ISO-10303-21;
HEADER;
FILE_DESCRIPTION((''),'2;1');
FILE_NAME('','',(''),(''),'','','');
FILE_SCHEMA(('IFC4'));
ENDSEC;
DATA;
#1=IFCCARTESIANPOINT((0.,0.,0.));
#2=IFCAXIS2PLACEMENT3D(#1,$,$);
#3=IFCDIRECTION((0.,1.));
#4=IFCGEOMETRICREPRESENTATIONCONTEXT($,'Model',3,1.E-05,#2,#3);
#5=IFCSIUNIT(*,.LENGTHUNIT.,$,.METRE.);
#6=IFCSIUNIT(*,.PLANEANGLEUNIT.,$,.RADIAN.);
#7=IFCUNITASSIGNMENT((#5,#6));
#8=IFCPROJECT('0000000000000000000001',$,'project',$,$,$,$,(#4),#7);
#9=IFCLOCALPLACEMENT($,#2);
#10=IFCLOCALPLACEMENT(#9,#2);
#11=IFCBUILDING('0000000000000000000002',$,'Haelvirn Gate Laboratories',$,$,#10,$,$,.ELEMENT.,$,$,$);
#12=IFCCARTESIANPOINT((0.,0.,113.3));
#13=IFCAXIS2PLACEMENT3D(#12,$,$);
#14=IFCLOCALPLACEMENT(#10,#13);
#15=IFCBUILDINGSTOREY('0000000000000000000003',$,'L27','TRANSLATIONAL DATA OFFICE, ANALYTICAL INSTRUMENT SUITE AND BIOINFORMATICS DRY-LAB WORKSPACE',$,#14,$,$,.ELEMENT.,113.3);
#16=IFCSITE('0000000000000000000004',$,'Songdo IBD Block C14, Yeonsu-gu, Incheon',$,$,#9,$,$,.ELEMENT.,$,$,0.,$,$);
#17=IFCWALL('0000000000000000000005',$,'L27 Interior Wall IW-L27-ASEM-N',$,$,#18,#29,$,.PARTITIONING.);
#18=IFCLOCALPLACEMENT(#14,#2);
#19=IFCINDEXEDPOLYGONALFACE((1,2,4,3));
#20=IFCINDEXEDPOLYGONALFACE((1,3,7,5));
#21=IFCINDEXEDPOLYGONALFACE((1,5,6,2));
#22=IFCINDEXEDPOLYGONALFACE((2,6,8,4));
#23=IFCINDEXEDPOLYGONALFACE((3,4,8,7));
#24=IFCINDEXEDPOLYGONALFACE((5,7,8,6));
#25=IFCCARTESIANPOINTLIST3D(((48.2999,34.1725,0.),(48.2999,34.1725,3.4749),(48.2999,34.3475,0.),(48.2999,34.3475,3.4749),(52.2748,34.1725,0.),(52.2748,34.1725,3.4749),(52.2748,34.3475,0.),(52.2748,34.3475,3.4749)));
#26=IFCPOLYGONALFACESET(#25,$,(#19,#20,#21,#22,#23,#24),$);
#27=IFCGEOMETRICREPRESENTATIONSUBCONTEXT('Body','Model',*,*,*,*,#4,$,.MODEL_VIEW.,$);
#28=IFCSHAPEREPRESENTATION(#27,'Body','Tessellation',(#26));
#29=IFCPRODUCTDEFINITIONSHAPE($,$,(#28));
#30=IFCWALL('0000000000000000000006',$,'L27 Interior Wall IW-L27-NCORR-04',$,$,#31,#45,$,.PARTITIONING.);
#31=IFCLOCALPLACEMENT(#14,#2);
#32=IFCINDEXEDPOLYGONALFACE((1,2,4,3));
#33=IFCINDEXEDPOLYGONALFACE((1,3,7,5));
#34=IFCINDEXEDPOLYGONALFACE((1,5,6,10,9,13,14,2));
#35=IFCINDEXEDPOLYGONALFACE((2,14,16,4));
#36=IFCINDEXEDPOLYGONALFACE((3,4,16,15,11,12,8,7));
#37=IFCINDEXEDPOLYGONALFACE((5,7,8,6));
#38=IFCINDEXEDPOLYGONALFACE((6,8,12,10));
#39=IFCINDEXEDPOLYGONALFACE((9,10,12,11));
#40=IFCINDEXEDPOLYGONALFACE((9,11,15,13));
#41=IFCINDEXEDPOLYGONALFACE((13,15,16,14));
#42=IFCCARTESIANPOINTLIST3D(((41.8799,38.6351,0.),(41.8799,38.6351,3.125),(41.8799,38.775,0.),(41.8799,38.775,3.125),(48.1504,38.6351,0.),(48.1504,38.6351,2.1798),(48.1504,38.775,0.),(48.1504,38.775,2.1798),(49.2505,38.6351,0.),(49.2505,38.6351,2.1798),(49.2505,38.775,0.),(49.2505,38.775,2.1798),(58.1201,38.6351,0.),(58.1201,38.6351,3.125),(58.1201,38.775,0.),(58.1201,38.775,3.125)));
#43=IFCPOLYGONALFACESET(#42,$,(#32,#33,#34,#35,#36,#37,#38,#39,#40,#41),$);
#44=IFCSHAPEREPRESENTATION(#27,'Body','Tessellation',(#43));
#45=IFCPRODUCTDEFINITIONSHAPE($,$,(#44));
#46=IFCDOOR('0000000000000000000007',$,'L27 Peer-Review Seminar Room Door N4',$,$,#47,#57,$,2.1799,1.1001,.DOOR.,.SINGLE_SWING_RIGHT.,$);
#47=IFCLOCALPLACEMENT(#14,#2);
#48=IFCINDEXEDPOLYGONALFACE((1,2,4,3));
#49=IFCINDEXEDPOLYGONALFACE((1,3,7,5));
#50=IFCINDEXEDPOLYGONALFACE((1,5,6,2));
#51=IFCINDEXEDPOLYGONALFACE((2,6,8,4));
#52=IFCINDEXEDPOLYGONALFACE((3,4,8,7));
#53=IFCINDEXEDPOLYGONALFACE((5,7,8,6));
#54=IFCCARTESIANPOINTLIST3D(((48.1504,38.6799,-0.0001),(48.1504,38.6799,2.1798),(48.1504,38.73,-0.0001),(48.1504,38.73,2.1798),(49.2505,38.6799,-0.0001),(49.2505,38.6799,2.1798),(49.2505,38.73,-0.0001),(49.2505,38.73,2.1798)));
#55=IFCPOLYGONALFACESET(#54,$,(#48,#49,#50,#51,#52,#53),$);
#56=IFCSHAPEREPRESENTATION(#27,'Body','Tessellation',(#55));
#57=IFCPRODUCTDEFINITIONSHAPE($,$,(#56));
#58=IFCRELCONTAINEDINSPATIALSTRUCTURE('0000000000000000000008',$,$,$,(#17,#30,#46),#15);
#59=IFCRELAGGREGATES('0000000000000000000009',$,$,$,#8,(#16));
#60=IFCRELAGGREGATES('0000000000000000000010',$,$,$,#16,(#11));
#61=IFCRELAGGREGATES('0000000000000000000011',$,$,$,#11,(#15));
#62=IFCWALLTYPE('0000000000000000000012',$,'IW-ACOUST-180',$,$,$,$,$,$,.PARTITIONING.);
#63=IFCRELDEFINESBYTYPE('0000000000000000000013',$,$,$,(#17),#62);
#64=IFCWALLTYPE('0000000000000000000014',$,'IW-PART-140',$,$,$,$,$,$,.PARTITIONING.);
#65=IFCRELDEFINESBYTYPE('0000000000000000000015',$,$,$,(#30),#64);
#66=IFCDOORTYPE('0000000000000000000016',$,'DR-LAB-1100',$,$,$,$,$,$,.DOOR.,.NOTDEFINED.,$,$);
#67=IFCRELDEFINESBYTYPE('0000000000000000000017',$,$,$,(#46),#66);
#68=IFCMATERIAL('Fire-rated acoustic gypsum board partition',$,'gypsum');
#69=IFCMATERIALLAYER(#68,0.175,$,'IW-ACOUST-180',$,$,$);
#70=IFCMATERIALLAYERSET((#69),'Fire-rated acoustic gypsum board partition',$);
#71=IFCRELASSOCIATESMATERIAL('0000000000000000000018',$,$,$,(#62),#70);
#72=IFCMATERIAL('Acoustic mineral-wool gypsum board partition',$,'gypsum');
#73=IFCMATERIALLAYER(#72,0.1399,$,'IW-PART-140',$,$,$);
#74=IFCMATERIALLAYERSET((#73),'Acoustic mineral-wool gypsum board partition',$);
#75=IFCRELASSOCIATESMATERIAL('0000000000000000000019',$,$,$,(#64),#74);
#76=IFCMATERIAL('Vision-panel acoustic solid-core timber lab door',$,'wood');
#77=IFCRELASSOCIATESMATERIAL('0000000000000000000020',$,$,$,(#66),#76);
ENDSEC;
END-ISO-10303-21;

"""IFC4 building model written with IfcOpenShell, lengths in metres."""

from ifc_helpers import new_model, si_unit, direction, frame, frame_2d, origin, place, context, subcontext, project, spatial, rectangle, extrude, source, transform, mapped, material, layer, layer_set, type_object, type_shapes, element, fill, save


model = new_model("IFC4")

# Units and contexts
model_context = context("Model", 3, precision=1e-05, world=origin(), true_north=direction((0.0, 1.0)))
body_context = subcontext(model_context, "Body", "Model", "MODEL_VIEW")
ifc_project = project(units=[si_unit("LENGTHUNIT", "METRE"), si_unit("PLANEANGLEUNIT", "RADIAN")], contexts=[model_context])

# Site, building, storey
site_placement = place(None, origin())
site = spatial("IfcSite", under=ifc_project, at=site_placement, Name="Songdo IBD Block C14, Yeonsu-gu, Incheon", CompositionType="ELEMENT", RefElevation=0.0)
building_placement = place(site_placement, origin())
building = spatial("IfcBuilding", under=site, at=building_placement, Name="Haelvirn Gate Laboratories", CompositionType="ELEMENT")
storey_placement = place(building_placement, frame((0.0, 0.0, 113.3)))
storey = spatial("IfcBuildingStorey", under=building, at=storey_placement, Name="L27", Description="TRANSLATIONAL DATA OFFICE, ANALYTICAL INSTRUMENT SUITE AND BIOINFORMATICS DRY-LAB WORKSPACE", CompositionType="ELEMENT", Elevation=113.3)

# Wall
ifc_material_1 = material(Name="Fire-rated acoustic gypsum board partition", Category="gypsum")
ifc_layer_1 = layer(ifc_material_1, 0.175, Name="IW-ACOUST-180")
ifc_layer_set_1 = layer_set([ifc_layer_1], Name="Fire-rated acoustic gypsum board partition")
wall_type_1 = type_object("IfcWallType", Name="IW-ACOUST-180", PredefinedType="PARTITIONING", material=ifc_layer_set_1)
wall_1_placement = place(storey_placement, frame((48.3, 34.26, 0.0), z_axis=(0.0, 0.0, 1.0), x_axis=(1.0, 0.0, 0.0)))
element("IfcWall", 1, at=wall_1_placement, inside=storey, type_object=wall_type_1, Name="L27 Interior Wall IW-L27-ASEM-N", PredefinedType="PARTITIONING", context=body_context, shape_type="SweptSolid", body=[
    extrude(rectangle(XDim=3.9749, YDim=0.175, at=frame_2d((1.9873, 0.0))), origin(), (0.0, 0.0, 1.0), 3.4749),
])

# Wall, opening, door
ifc_material_2 = material(Name="Acoustic mineral-wool gypsum board partition", Category="gypsum")
ifc_layer_2 = layer(ifc_material_2, 0.1399, Name="IW-PART-140")
ifc_layer_set_2 = layer_set([ifc_layer_2], Name="Acoustic mineral-wool gypsum board partition")
wall_type_2 = type_object("IfcWallType", Name="IW-PART-140", PredefinedType="PARTITIONING", material=ifc_layer_set_2)
wall_2_placement = place(storey_placement, frame((41.8799, 38.7051, 0.0), z_axis=(0.0, 0.0, 1.0), x_axis=(1.0, 0.0, 0.0)))
wall_2 = element("IfcWall", 2, at=wall_2_placement, inside=storey, type_object=wall_type_2, Name="L27 Interior Wall IW-L27-NCORR-04", PredefinedType="PARTITIONING", context=body_context, shape_type="SweptSolid", body=[
    extrude(rectangle(XDim=16.2402, YDim=0.1399, at=frame_2d((8.1201, 0.0))), origin(), (0.0, 0.0, 1.0), 3.125),
])
opening_placement = place(wall_2_placement, frame((6.2705, 0.0, 0.0)))
opening = element("IfcOpeningElement", 3, at=opening_placement, cuts=wall_2, PredefinedType="OPENING", context=body_context, shape_type="SweptSolid", body=[
    extrude(rectangle(XDim=1.1001, YDim=2.1799, at=frame_2d((0.55, 1.0898))), frame((0.0, 0.0801, 0.0), z_axis=(0.0, -1.0, 0.0), x_axis=(1.0, 0.0, 0.0)), (0.0, 0.0, 1.0), 0.1599),
])
ifc_material_3 = material(Name="Vision-panel acoustic solid-core timber lab door", Category="wood")
door_type = type_object("IfcDoorType", Name="DR-LAB-1100", OperationType="NOTDEFINED", PredefinedType="DOOR", material=ifc_material_3)
shared_shape_1 = source(origin(), body_context, "Body", "SweptSolid", [
    extrude(rectangle(XDim=1.1001, YDim=2.1799, at=frame_2d((0.55, 1.0898))), frame((0.0, 0.0249, 0.0), z_axis=(0.0, -1.0, 0.0), x_axis=(1.0, 0.0, 0.0)), (0.0, 0.0, 1.0), 0.05),
])
type_shapes(door_type, [shared_shape_1])
door_placement = place(opening_placement, origin())
door = element("IfcDoor", 4, at=door_placement, inside=storey, type_object=door_type, Name="L27 Peer-Review Seminar Room Door N4", OperationType="SINGLE_SWING_RIGHT", OverallHeight=2.1799, OverallWidth=1.1001, PredefinedType="DOOR", context=body_context, shape_type="MappedRepresentation", body=[
    mapped(shared_shape_1, transform((0.0, 0.0, 0.0), scale=1.0)),
])
fill(opening, door)

save(model, "model.ifc")
